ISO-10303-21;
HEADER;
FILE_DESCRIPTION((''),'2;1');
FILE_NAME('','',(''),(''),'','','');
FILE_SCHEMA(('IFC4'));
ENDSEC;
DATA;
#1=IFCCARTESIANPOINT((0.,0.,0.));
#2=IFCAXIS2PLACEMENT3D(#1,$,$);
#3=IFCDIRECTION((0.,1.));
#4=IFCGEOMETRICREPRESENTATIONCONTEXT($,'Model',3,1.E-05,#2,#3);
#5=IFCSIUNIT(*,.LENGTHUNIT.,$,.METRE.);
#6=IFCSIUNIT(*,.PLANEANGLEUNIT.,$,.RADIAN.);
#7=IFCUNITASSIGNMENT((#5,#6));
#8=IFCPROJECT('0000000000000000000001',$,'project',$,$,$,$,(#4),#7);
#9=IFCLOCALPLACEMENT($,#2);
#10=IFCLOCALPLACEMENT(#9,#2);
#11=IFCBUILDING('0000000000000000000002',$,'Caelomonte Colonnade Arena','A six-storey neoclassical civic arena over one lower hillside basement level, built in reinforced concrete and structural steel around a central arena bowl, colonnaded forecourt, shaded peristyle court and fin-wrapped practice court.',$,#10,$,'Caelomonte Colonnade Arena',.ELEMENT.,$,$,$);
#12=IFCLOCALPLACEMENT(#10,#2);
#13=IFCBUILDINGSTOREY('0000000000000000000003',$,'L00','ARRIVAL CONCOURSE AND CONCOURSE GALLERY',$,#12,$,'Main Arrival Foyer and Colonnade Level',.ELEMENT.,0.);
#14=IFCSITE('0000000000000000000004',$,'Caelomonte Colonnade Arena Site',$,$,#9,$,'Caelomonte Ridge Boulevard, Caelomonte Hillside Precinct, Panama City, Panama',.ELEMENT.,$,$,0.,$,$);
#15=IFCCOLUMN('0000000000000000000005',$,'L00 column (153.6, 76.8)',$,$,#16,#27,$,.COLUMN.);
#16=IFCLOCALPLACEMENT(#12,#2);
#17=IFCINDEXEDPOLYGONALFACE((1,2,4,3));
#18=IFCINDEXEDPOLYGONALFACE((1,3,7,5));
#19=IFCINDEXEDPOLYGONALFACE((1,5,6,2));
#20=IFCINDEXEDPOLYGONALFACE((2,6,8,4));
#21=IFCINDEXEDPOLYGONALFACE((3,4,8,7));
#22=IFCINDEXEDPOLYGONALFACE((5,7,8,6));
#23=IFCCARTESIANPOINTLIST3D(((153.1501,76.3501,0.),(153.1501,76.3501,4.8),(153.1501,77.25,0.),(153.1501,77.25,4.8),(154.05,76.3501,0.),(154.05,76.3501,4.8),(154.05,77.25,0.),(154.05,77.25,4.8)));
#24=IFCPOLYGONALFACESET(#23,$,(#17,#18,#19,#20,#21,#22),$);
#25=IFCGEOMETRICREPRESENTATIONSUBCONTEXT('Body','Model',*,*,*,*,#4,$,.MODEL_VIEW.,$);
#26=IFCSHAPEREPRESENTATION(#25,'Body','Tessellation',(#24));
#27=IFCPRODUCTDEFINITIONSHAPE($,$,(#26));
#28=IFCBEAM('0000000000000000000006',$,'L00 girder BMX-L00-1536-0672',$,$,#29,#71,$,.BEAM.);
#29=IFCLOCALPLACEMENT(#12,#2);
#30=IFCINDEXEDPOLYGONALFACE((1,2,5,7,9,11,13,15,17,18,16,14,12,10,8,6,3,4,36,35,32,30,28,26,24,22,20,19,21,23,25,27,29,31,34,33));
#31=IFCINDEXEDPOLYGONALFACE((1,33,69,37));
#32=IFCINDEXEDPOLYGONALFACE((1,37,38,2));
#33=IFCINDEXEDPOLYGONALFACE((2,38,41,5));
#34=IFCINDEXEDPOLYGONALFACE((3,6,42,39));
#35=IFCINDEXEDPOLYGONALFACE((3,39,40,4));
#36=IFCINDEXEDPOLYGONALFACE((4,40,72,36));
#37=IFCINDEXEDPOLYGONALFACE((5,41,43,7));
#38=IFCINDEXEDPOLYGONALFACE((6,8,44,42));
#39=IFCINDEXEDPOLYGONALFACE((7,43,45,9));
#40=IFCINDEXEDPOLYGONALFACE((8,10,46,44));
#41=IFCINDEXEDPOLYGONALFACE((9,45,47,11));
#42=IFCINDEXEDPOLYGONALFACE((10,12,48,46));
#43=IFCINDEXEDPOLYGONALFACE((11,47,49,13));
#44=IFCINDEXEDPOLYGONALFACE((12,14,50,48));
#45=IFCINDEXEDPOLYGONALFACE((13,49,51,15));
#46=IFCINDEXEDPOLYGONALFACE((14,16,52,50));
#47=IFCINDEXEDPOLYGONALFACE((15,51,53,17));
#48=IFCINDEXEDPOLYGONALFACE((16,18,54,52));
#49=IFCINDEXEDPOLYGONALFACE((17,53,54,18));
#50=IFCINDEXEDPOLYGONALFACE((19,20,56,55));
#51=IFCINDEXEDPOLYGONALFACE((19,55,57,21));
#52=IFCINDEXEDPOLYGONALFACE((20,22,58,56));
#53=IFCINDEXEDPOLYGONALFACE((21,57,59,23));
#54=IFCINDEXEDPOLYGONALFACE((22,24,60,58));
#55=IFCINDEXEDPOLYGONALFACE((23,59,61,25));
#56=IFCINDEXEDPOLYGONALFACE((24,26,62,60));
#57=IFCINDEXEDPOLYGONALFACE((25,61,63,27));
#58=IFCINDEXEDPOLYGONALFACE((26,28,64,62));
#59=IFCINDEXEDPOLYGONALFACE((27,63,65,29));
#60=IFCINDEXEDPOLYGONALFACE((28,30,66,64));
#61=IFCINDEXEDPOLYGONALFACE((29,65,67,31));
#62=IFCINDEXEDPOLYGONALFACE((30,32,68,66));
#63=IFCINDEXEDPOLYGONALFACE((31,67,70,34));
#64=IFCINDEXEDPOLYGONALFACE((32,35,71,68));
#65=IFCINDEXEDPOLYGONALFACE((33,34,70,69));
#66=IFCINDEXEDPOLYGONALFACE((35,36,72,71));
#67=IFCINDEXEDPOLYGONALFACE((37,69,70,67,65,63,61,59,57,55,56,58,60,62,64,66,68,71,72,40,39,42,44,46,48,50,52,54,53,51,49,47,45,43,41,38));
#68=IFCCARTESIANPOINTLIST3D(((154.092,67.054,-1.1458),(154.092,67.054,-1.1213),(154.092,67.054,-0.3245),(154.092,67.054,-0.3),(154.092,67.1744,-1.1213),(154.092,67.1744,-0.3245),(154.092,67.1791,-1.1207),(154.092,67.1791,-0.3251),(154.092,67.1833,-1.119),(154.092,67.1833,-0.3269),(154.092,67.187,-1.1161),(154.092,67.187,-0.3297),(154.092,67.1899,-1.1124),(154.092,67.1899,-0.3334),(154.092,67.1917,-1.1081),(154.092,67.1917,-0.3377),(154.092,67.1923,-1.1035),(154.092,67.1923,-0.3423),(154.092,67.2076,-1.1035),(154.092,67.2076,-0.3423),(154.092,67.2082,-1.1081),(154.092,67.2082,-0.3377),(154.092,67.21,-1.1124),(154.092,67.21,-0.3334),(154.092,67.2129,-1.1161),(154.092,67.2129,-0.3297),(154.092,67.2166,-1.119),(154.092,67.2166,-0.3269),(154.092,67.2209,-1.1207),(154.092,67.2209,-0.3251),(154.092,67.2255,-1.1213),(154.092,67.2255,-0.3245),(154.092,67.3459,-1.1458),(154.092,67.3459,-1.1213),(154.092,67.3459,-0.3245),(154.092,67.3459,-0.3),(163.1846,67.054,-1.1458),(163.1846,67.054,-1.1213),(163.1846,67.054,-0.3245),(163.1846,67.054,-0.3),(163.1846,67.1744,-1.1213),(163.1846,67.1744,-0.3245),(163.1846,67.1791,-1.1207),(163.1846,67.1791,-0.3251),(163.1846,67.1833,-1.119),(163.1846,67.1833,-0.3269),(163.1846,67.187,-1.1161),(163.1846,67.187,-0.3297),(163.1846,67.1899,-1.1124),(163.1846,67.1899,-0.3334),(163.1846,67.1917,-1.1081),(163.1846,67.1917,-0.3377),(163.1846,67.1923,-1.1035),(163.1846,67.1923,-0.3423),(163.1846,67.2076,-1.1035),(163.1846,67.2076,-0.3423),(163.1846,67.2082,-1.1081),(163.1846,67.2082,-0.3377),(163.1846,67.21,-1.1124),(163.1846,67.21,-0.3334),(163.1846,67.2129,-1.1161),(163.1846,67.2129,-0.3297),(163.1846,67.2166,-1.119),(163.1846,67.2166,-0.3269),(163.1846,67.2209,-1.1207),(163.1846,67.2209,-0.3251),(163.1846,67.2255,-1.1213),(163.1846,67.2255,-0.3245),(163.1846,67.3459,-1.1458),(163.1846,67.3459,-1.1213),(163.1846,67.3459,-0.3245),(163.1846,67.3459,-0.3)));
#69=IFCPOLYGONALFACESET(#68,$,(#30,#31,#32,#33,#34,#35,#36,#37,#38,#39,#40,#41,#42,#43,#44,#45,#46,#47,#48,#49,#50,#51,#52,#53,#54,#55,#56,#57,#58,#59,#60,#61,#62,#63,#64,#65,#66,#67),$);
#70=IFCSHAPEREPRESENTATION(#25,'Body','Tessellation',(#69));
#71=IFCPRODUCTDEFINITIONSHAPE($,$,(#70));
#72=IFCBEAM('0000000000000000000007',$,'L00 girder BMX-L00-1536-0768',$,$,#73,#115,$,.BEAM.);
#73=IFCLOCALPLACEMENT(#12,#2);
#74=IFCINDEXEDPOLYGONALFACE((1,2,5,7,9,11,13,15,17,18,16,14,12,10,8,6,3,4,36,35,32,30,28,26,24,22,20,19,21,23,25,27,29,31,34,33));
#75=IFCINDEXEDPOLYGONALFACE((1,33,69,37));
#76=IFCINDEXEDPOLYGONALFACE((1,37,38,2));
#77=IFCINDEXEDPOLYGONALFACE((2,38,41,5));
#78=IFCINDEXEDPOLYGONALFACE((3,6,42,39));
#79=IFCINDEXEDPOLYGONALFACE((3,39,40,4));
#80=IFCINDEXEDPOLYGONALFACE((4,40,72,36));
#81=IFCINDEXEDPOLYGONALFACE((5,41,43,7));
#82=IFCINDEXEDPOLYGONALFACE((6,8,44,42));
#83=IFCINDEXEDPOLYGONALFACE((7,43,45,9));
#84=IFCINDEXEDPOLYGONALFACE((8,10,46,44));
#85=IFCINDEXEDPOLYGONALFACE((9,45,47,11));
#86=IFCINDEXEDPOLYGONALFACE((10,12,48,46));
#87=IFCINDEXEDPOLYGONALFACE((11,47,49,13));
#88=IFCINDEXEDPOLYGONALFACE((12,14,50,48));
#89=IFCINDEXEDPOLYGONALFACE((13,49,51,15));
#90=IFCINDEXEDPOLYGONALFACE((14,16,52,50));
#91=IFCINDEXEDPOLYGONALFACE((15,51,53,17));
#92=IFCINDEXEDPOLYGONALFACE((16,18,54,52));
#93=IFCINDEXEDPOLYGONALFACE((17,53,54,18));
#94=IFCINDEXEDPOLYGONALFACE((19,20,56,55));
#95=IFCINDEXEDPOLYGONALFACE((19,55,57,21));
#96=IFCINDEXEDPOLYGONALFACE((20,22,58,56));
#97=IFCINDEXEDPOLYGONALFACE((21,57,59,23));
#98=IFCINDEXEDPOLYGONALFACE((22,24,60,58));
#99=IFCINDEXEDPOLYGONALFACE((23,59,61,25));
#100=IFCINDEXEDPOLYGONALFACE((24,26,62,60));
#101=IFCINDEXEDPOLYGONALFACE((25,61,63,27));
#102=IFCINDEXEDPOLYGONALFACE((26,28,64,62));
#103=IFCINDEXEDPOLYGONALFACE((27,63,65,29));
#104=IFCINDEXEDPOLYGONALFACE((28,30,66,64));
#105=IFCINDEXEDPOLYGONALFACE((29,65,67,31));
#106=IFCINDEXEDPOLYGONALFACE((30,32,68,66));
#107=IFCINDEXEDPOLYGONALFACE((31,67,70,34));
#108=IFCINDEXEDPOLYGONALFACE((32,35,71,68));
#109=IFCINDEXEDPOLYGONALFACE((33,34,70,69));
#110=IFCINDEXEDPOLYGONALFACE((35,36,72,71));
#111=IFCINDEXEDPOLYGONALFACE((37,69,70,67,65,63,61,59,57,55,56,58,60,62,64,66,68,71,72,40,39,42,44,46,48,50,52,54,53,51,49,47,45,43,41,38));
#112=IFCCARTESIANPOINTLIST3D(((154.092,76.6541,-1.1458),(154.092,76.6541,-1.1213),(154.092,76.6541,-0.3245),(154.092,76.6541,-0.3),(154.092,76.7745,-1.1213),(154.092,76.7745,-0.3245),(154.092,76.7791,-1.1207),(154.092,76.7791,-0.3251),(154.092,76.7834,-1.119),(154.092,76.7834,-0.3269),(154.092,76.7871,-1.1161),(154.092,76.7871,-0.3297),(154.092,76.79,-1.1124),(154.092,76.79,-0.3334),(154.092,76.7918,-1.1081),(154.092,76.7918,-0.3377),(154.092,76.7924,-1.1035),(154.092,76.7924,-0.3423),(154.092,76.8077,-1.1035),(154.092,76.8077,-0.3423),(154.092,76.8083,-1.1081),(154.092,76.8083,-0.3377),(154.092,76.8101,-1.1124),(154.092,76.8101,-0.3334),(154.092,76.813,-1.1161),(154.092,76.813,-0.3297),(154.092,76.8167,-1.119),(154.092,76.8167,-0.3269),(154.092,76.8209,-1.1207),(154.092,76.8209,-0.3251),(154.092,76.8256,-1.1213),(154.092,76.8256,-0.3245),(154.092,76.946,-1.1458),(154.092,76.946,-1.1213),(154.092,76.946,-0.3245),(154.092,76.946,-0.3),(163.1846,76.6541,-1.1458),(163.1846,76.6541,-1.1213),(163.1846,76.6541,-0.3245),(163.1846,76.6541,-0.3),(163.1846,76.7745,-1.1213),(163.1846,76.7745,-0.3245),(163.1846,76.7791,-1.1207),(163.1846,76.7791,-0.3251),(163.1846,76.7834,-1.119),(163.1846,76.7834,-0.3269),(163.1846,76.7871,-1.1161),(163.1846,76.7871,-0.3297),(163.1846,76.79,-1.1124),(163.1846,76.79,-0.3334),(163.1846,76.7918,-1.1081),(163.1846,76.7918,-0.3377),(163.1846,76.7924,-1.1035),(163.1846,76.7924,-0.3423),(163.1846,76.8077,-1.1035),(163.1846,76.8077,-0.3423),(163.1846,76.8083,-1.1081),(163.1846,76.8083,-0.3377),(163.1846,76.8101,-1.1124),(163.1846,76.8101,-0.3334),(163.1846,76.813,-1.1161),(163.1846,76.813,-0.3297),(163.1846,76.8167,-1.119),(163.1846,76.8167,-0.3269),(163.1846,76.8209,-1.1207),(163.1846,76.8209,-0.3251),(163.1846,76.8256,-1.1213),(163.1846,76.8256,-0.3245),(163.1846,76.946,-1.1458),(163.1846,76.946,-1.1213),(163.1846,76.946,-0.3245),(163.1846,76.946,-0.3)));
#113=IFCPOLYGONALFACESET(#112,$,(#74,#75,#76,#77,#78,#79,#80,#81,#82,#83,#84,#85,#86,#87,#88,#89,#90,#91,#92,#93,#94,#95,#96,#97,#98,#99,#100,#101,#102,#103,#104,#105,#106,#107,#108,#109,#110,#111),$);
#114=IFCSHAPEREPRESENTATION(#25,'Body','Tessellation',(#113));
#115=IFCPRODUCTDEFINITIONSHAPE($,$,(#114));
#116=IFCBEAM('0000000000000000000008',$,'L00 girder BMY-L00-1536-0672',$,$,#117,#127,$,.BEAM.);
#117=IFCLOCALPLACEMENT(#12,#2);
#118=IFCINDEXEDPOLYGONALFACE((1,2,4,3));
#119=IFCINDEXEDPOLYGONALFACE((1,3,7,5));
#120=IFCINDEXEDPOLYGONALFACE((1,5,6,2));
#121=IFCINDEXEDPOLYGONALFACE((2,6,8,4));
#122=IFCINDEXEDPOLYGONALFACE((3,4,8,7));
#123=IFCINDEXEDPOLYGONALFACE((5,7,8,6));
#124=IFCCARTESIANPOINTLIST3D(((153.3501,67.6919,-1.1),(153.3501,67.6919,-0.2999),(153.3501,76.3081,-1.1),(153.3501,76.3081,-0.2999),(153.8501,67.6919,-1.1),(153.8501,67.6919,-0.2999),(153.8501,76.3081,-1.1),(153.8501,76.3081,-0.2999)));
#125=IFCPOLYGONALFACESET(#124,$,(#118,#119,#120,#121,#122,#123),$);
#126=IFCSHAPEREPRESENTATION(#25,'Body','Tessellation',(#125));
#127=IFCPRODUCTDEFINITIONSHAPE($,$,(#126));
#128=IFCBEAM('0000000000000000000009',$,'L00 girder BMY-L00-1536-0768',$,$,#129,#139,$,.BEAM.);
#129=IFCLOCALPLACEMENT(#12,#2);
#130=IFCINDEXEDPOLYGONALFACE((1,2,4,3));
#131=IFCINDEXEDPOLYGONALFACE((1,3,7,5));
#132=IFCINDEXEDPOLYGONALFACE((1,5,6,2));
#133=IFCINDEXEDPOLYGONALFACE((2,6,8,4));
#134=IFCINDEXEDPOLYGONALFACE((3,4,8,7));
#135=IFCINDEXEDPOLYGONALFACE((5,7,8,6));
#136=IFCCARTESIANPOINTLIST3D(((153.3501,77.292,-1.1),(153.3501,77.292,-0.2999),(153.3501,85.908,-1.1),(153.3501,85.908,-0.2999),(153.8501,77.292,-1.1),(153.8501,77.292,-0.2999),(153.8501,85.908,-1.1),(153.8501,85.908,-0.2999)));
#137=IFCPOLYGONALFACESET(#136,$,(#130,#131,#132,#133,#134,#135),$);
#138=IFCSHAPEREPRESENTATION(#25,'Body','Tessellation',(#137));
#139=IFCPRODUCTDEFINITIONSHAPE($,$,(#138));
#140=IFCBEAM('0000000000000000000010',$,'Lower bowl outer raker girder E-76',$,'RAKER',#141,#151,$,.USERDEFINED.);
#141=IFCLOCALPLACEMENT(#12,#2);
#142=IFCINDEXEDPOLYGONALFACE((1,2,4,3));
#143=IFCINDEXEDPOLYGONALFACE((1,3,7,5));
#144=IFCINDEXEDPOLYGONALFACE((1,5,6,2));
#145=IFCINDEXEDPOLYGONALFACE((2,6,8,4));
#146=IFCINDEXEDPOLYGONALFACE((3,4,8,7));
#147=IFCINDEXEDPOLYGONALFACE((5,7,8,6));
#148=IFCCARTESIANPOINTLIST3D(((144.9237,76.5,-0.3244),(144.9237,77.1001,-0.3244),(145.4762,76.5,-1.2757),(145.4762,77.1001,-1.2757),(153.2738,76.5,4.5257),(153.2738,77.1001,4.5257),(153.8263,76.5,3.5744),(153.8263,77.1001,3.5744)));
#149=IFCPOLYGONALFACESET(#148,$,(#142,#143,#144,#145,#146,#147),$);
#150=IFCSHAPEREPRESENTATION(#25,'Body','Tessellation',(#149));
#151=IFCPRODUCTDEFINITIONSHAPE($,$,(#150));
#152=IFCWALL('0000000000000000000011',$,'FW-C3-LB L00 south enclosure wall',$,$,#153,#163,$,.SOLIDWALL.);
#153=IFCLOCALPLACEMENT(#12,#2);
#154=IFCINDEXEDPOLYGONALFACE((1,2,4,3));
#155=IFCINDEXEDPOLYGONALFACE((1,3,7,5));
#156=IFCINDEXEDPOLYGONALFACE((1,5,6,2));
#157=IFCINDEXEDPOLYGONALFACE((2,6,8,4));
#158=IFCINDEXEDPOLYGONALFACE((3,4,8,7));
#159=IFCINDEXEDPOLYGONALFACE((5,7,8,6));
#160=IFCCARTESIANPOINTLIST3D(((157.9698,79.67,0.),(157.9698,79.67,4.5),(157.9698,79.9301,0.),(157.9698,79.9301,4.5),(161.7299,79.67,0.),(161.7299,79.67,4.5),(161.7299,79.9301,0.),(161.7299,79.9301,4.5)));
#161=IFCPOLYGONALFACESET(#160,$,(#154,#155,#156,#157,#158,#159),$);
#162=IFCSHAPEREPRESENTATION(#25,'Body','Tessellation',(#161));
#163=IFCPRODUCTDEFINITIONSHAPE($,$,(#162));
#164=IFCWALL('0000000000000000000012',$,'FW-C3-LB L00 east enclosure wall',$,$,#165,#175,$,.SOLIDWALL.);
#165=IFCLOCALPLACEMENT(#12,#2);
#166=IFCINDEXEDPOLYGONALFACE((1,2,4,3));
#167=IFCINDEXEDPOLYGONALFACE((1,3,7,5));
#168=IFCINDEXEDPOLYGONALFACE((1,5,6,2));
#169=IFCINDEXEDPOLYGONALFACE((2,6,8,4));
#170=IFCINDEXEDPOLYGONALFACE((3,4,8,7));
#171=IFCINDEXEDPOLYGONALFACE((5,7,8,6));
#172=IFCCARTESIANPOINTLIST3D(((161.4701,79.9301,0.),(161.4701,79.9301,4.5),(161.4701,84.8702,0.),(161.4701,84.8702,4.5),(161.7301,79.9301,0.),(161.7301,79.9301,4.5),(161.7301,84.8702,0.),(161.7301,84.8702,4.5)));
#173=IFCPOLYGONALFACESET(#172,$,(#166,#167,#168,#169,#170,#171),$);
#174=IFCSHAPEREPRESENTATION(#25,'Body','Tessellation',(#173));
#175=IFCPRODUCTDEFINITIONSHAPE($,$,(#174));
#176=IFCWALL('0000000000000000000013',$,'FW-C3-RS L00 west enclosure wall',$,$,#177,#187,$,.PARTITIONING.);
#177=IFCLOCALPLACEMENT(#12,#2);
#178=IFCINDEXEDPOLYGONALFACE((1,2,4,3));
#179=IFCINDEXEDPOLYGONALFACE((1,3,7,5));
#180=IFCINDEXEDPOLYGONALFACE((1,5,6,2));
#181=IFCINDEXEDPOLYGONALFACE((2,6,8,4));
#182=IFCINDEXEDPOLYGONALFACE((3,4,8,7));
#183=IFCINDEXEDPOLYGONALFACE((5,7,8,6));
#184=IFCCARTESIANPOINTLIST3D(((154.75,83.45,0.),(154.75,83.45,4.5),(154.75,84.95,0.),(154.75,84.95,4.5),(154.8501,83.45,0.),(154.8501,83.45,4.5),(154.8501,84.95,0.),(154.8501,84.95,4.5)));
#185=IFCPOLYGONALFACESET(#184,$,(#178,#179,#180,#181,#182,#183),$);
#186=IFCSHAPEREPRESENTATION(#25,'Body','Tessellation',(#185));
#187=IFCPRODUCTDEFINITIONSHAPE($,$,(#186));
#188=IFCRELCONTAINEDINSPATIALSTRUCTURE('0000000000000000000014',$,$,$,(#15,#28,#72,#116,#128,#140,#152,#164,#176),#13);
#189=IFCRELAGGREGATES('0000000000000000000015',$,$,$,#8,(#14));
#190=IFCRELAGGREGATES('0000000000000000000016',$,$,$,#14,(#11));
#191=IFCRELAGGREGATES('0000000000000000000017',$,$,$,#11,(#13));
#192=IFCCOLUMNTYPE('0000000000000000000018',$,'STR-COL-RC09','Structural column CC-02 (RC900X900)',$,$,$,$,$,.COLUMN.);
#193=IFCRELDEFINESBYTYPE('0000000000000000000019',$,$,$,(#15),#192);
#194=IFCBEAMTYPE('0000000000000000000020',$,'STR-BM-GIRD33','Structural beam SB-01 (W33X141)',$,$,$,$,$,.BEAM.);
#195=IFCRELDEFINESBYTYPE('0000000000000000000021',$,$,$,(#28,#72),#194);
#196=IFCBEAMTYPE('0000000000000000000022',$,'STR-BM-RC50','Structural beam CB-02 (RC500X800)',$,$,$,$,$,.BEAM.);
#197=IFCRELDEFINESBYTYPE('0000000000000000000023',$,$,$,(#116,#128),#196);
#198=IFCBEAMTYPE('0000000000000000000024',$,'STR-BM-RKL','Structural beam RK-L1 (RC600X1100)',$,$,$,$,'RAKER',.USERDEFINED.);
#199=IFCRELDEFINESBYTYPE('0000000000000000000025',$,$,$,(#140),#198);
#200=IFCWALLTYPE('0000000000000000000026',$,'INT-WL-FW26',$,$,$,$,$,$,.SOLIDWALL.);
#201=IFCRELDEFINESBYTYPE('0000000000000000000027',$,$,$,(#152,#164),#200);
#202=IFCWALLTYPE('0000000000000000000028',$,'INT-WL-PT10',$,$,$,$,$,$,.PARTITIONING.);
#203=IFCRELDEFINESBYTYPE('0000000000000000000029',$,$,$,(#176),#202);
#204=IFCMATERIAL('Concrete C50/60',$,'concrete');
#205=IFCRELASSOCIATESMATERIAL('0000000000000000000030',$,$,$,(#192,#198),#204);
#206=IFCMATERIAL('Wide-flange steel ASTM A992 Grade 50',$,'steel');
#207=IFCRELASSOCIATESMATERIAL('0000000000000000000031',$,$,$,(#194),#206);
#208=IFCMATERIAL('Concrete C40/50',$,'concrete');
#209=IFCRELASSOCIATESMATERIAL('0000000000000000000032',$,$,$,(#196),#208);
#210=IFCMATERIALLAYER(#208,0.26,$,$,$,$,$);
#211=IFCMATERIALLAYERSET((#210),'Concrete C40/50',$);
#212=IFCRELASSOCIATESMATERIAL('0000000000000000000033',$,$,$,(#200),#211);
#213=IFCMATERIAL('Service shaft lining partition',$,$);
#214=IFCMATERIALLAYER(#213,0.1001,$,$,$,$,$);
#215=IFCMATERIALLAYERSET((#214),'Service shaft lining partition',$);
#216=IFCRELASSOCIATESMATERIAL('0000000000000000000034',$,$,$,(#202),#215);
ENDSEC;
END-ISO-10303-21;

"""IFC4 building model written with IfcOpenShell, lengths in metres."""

from ifc_helpers import new_model, si_unit, direction, frame, frame_2d, origin, origin_2d, place, context, subcontext, project, spatial, rectangle, i_section, extrude, material, layer, layer_set, material_profile, profile_set, type_object, element, save


model = new_model("IFC4")

# Units and contexts
model_context = context("Model", 3, precision=1e-05, world=origin(), true_north=direction((0.0, 1.0)))
body_context = subcontext(model_context, "Body", "Model", "MODEL_VIEW")
ifc_project = project(units=[si_unit("LENGTHUNIT", "METRE"), si_unit("PLANEANGLEUNIT", "RADIAN")], contexts=[model_context])

# Site, building, storey
site_placement = place(None, origin())
site = spatial("IfcSite", under=ifc_project, at=site_placement, Name="Caelomonte Colonnade Arena Site", LongName="Caelomonte Ridge Boulevard, Caelomonte Hillside Precinct, Panama City, Panama", CompositionType="ELEMENT", RefElevation=0.0)
building_placement = place(site_placement, origin())
building = spatial("IfcBuilding", under=site, at=building_placement, Name="Caelomonte Colonnade Arena", Description="A six-storey neoclassical civic arena over one lower hillside basement level, built in reinforced concrete and structural steel around a central arena bowl, colonnaded forecourt, shaded peristyle court and fin-wrapped practice court.", LongName="Caelomonte Colonnade Arena", CompositionType="ELEMENT")
storey_placement = place(building_placement, origin())
storey = spatial("IfcBuildingStorey", under=building, at=storey_placement, Name="L00", Description="ARRIVAL CONCOURSE AND CONCOURSE GALLERY", LongName="Main Arrival Foyer and Colonnade Level", CompositionType="ELEMENT", Elevation=0.0)

# Column
ifc_material_1 = material(Name="Concrete C50/60", Category="concrete")
ifc_material_profile_1 = material_profile(ifc_material_1, rectangle(XDim=0.8999, YDim=0.8999, at=origin_2d()), Name="RC900X900")
ifc_profile_set_1 = profile_set([ifc_material_profile_1], Name="Concrete C50/60")
column_type = type_object("IfcColumnType", Name="STR-COL-RC09", Description="Structural column CC-02 (RC900X900)", PredefinedType="COLUMN", material=ifc_profile_set_1)
column_placement = place(storey_placement, frame((153.6001, 76.8, 0.0), z_axis=(0.0, 0.0, 1.0), x_axis=(1.0, 0.0, 0.0)))
element("IfcColumn", 1, at=column_placement, inside=storey, type_object=column_type, Name="L00 column (153.6, 76.8)", PredefinedType="COLUMN", context=body_context, shape_type="SweptSolid", body=[
    extrude(rectangle(XDim=0.8999, YDim=0.8999, at=origin_2d()), origin(), (0.0, 0.0, 1.0), 4.8),
])

# Beams
ifc_material_2 = material(Name="Wide-flange steel ASTM A992 Grade 50", Category="steel")
ifc_material_profile_2 = material_profile(ifc_material_2, i_section(OverallWidth=0.292, OverallDepth=0.8457, WebThickness=0.0154, FlangeThickness=0.0244, FilletRadius=0.0178, at=origin_2d()), Name="W33X141")
ifc_profile_set_2 = profile_set([ifc_material_profile_2], Name="Wide-flange steel ASTM A992 Grade 50")
beam_type_1 = type_object("IfcBeamType", Name="STR-BM-GIRD33", Description="Structural beam SB-01 (W33X141)", PredefinedType="BEAM", material=ifc_profile_set_2)
for number, where, z_axis, x_axis, name in (
    (2, (154.092, 67.2, -0.7229), (1.0, 0.0, 0.0), (0.0, 1.0, 0.0), "L00 girder BMX-L00-1536-0672"),
    (3, (154.092, 76.8, -0.7229), (1.0, 0.0, 0.0), (0.0, 1.0, 0.0), "L00 girder BMX-L00-1536-0768"),
):
    element("IfcBeam", number, at=place(storey_placement, frame(where, z_axis=z_axis, x_axis=x_axis)), inside=storey, type_object=beam_type_1, Name=name, PredefinedType="BEAM", context=body_context, shape_type="SweptSolid", body=[
        extrude(i_section(OverallWidth=0.292, OverallDepth=0.8457, WebThickness=0.0154, FlangeThickness=0.0244, FilletRadius=0.0178, at=origin_2d()), origin(), (0.0, 0.0, 1.0), 9.0925),
    ])
ifc_material_3 = material(Name="Concrete C40/50", Category="concrete")
ifc_material_profile_3 = material_profile(ifc_material_3, rectangle(XDim=0.5, YDim=0.8, at=origin_2d()), Name="RC500X800")
ifc_profile_set_3 = profile_set([ifc_material_profile_3], Name="Concrete C40/50")
beam_type_2 = type_object("IfcBeamType", Name="STR-BM-RC50", Description="Structural beam CB-02 (RC500X800)", PredefinedType="BEAM", material=ifc_profile_set_3)
beam_1_placement = place(storey_placement, frame((153.6001, 67.6919, -0.7), z_axis=(0.0, 1.0, 0.0), x_axis=(-1.0, 0.0, 0.0)))
element("IfcBeam", 4, at=beam_1_placement, inside=storey, type_object=beam_type_2, Name="L00 girder BMY-L00-1536-0672", PredefinedType="BEAM", context=body_context, shape_type="SweptSolid", body=[
    extrude(rectangle(XDim=0.5, YDim=0.8, at=origin_2d()), origin(), (0.0, 0.0, 1.0), 8.6162),
])
beam_2_placement = place(storey_placement, frame((153.6001, 77.292, -0.7), z_axis=(0.0, 1.0, 0.0), x_axis=(-1.0, 0.0, 0.0)))
element("IfcBeam", 5, at=beam_2_placement, inside=storey, type_object=beam_type_2, Name="L00 girder BMY-L00-1536-0768", PredefinedType="BEAM", context=body_context, shape_type="SweptSolid", body=[
    extrude(rectangle(XDim=0.5, YDim=0.8, at=origin_2d()), origin(), (0.0, 0.0, 1.0), 8.616),
])
ifc_material_profile_4 = material_profile(ifc_material_1, rectangle(XDim=0.6001, YDim=1.1001, at=origin_2d()), Name="RC600X1100")
ifc_profile_set_4 = profile_set([ifc_material_profile_4], Name="Concrete C50/60")
beam_type_3 = type_object("IfcBeamType", Name="STR-BM-RKL", Description="Structural beam RK-L1 (RC600X1100)", ElementType="RAKER", PredefinedType="USERDEFINED", material=ifc_profile_set_4)
beam_3_placement = place(storey_placement, frame((145.2, 76.8, -0.8), z_axis=(0.864715, 0.0, 0.502264), x_axis=(0.0, 1.0, 0.0)))
element("IfcBeam", 6, at=beam_3_placement, inside=storey, type_object=beam_type_3, Name="Lower bowl outer raker girder E-76", ObjectType="RAKER", PredefinedType="USERDEFINED", context=body_context, shape_type="SweptSolid", body=[
    extrude(rectangle(XDim=0.6001, YDim=1.1001, at=origin_2d()), origin(), (0.0, 0.0, 1.0), 9.6565),
])

# Walls
ifc_layer_1 = layer(ifc_material_3, 0.26)
ifc_layer_set_1 = layer_set([ifc_layer_1], Name="Concrete C40/50")
wall_type_1 = type_object("IfcWallType", Name="INT-WL-FW26", PredefinedType="SOLIDWALL", material=ifc_layer_set_1)
wall_1_placement = place(storey_placement, frame((157.97, 79.8, 0.0), z_axis=(0.0, 0.0, 1.0), x_axis=(1.0, 0.0, 0.0)))
element("IfcWall", 7, at=wall_1_placement, inside=storey, type_object=wall_type_1, Name="FW-C3-LB L00 south enclosure wall", PredefinedType="SOLIDWALL", context=body_context, shape_type="SweptSolid", body=[
    extrude(rectangle(XDim=3.76, YDim=0.26, at=frame_2d((1.8799, 0.0))), origin(), (0.0, 0.0, 1.0), 4.5),
])
wall_2_placement = place(storey_placement, frame((161.6001, 79.9299, 0.0), z_axis=(0.0, 0.0, 1.0), x_axis=(0.0, 1.0, 0.0)))
element("IfcWall", 8, at=wall_2_placement, inside=storey, type_object=wall_type_1, Name="FW-C3-LB L00 east enclosure wall", PredefinedType="SOLIDWALL", context=body_context, shape_type="SweptSolid", body=[
    extrude(rectangle(XDim=4.9402, YDim=0.26, at=frame_2d((2.4702, 0.0))), origin(), (0.0, 0.0, 1.0), 4.5),
])
ifc_material_4 = material(Name="Service shaft lining partition")
ifc_layer_2 = layer(ifc_material_4, 0.1001)
ifc_layer_set_2 = layer_set([ifc_layer_2], Name="Service shaft lining partition")
wall_type_2 = type_object("IfcWallType", Name="INT-WL-PT10", PredefinedType="PARTITIONING", material=ifc_layer_set_2)
for number, where, z_axis, x_axis, name in (
    (9, (154.8, 84.95, 0.0), (0.0, 0.0, 1.0), (0.0, -1.0, 0.0), "FW-C3-RS L00 west enclosure wall"),
):
    element("IfcWall", number, at=place(storey_placement, frame(where, z_axis=z_axis, x_axis=x_axis)), inside=storey, type_object=wall_type_2, Name=name, PredefinedType="PARTITIONING", context=body_context, shape_type="SweptSolid", body=[
        extrude(rectangle(XDim=1.5, YDim=0.1001, at=frame_2d((0.75, 0.0))), origin(), (0.0, 0.0, 1.0), 4.5),
    ])

save(model, "model.ifc")
